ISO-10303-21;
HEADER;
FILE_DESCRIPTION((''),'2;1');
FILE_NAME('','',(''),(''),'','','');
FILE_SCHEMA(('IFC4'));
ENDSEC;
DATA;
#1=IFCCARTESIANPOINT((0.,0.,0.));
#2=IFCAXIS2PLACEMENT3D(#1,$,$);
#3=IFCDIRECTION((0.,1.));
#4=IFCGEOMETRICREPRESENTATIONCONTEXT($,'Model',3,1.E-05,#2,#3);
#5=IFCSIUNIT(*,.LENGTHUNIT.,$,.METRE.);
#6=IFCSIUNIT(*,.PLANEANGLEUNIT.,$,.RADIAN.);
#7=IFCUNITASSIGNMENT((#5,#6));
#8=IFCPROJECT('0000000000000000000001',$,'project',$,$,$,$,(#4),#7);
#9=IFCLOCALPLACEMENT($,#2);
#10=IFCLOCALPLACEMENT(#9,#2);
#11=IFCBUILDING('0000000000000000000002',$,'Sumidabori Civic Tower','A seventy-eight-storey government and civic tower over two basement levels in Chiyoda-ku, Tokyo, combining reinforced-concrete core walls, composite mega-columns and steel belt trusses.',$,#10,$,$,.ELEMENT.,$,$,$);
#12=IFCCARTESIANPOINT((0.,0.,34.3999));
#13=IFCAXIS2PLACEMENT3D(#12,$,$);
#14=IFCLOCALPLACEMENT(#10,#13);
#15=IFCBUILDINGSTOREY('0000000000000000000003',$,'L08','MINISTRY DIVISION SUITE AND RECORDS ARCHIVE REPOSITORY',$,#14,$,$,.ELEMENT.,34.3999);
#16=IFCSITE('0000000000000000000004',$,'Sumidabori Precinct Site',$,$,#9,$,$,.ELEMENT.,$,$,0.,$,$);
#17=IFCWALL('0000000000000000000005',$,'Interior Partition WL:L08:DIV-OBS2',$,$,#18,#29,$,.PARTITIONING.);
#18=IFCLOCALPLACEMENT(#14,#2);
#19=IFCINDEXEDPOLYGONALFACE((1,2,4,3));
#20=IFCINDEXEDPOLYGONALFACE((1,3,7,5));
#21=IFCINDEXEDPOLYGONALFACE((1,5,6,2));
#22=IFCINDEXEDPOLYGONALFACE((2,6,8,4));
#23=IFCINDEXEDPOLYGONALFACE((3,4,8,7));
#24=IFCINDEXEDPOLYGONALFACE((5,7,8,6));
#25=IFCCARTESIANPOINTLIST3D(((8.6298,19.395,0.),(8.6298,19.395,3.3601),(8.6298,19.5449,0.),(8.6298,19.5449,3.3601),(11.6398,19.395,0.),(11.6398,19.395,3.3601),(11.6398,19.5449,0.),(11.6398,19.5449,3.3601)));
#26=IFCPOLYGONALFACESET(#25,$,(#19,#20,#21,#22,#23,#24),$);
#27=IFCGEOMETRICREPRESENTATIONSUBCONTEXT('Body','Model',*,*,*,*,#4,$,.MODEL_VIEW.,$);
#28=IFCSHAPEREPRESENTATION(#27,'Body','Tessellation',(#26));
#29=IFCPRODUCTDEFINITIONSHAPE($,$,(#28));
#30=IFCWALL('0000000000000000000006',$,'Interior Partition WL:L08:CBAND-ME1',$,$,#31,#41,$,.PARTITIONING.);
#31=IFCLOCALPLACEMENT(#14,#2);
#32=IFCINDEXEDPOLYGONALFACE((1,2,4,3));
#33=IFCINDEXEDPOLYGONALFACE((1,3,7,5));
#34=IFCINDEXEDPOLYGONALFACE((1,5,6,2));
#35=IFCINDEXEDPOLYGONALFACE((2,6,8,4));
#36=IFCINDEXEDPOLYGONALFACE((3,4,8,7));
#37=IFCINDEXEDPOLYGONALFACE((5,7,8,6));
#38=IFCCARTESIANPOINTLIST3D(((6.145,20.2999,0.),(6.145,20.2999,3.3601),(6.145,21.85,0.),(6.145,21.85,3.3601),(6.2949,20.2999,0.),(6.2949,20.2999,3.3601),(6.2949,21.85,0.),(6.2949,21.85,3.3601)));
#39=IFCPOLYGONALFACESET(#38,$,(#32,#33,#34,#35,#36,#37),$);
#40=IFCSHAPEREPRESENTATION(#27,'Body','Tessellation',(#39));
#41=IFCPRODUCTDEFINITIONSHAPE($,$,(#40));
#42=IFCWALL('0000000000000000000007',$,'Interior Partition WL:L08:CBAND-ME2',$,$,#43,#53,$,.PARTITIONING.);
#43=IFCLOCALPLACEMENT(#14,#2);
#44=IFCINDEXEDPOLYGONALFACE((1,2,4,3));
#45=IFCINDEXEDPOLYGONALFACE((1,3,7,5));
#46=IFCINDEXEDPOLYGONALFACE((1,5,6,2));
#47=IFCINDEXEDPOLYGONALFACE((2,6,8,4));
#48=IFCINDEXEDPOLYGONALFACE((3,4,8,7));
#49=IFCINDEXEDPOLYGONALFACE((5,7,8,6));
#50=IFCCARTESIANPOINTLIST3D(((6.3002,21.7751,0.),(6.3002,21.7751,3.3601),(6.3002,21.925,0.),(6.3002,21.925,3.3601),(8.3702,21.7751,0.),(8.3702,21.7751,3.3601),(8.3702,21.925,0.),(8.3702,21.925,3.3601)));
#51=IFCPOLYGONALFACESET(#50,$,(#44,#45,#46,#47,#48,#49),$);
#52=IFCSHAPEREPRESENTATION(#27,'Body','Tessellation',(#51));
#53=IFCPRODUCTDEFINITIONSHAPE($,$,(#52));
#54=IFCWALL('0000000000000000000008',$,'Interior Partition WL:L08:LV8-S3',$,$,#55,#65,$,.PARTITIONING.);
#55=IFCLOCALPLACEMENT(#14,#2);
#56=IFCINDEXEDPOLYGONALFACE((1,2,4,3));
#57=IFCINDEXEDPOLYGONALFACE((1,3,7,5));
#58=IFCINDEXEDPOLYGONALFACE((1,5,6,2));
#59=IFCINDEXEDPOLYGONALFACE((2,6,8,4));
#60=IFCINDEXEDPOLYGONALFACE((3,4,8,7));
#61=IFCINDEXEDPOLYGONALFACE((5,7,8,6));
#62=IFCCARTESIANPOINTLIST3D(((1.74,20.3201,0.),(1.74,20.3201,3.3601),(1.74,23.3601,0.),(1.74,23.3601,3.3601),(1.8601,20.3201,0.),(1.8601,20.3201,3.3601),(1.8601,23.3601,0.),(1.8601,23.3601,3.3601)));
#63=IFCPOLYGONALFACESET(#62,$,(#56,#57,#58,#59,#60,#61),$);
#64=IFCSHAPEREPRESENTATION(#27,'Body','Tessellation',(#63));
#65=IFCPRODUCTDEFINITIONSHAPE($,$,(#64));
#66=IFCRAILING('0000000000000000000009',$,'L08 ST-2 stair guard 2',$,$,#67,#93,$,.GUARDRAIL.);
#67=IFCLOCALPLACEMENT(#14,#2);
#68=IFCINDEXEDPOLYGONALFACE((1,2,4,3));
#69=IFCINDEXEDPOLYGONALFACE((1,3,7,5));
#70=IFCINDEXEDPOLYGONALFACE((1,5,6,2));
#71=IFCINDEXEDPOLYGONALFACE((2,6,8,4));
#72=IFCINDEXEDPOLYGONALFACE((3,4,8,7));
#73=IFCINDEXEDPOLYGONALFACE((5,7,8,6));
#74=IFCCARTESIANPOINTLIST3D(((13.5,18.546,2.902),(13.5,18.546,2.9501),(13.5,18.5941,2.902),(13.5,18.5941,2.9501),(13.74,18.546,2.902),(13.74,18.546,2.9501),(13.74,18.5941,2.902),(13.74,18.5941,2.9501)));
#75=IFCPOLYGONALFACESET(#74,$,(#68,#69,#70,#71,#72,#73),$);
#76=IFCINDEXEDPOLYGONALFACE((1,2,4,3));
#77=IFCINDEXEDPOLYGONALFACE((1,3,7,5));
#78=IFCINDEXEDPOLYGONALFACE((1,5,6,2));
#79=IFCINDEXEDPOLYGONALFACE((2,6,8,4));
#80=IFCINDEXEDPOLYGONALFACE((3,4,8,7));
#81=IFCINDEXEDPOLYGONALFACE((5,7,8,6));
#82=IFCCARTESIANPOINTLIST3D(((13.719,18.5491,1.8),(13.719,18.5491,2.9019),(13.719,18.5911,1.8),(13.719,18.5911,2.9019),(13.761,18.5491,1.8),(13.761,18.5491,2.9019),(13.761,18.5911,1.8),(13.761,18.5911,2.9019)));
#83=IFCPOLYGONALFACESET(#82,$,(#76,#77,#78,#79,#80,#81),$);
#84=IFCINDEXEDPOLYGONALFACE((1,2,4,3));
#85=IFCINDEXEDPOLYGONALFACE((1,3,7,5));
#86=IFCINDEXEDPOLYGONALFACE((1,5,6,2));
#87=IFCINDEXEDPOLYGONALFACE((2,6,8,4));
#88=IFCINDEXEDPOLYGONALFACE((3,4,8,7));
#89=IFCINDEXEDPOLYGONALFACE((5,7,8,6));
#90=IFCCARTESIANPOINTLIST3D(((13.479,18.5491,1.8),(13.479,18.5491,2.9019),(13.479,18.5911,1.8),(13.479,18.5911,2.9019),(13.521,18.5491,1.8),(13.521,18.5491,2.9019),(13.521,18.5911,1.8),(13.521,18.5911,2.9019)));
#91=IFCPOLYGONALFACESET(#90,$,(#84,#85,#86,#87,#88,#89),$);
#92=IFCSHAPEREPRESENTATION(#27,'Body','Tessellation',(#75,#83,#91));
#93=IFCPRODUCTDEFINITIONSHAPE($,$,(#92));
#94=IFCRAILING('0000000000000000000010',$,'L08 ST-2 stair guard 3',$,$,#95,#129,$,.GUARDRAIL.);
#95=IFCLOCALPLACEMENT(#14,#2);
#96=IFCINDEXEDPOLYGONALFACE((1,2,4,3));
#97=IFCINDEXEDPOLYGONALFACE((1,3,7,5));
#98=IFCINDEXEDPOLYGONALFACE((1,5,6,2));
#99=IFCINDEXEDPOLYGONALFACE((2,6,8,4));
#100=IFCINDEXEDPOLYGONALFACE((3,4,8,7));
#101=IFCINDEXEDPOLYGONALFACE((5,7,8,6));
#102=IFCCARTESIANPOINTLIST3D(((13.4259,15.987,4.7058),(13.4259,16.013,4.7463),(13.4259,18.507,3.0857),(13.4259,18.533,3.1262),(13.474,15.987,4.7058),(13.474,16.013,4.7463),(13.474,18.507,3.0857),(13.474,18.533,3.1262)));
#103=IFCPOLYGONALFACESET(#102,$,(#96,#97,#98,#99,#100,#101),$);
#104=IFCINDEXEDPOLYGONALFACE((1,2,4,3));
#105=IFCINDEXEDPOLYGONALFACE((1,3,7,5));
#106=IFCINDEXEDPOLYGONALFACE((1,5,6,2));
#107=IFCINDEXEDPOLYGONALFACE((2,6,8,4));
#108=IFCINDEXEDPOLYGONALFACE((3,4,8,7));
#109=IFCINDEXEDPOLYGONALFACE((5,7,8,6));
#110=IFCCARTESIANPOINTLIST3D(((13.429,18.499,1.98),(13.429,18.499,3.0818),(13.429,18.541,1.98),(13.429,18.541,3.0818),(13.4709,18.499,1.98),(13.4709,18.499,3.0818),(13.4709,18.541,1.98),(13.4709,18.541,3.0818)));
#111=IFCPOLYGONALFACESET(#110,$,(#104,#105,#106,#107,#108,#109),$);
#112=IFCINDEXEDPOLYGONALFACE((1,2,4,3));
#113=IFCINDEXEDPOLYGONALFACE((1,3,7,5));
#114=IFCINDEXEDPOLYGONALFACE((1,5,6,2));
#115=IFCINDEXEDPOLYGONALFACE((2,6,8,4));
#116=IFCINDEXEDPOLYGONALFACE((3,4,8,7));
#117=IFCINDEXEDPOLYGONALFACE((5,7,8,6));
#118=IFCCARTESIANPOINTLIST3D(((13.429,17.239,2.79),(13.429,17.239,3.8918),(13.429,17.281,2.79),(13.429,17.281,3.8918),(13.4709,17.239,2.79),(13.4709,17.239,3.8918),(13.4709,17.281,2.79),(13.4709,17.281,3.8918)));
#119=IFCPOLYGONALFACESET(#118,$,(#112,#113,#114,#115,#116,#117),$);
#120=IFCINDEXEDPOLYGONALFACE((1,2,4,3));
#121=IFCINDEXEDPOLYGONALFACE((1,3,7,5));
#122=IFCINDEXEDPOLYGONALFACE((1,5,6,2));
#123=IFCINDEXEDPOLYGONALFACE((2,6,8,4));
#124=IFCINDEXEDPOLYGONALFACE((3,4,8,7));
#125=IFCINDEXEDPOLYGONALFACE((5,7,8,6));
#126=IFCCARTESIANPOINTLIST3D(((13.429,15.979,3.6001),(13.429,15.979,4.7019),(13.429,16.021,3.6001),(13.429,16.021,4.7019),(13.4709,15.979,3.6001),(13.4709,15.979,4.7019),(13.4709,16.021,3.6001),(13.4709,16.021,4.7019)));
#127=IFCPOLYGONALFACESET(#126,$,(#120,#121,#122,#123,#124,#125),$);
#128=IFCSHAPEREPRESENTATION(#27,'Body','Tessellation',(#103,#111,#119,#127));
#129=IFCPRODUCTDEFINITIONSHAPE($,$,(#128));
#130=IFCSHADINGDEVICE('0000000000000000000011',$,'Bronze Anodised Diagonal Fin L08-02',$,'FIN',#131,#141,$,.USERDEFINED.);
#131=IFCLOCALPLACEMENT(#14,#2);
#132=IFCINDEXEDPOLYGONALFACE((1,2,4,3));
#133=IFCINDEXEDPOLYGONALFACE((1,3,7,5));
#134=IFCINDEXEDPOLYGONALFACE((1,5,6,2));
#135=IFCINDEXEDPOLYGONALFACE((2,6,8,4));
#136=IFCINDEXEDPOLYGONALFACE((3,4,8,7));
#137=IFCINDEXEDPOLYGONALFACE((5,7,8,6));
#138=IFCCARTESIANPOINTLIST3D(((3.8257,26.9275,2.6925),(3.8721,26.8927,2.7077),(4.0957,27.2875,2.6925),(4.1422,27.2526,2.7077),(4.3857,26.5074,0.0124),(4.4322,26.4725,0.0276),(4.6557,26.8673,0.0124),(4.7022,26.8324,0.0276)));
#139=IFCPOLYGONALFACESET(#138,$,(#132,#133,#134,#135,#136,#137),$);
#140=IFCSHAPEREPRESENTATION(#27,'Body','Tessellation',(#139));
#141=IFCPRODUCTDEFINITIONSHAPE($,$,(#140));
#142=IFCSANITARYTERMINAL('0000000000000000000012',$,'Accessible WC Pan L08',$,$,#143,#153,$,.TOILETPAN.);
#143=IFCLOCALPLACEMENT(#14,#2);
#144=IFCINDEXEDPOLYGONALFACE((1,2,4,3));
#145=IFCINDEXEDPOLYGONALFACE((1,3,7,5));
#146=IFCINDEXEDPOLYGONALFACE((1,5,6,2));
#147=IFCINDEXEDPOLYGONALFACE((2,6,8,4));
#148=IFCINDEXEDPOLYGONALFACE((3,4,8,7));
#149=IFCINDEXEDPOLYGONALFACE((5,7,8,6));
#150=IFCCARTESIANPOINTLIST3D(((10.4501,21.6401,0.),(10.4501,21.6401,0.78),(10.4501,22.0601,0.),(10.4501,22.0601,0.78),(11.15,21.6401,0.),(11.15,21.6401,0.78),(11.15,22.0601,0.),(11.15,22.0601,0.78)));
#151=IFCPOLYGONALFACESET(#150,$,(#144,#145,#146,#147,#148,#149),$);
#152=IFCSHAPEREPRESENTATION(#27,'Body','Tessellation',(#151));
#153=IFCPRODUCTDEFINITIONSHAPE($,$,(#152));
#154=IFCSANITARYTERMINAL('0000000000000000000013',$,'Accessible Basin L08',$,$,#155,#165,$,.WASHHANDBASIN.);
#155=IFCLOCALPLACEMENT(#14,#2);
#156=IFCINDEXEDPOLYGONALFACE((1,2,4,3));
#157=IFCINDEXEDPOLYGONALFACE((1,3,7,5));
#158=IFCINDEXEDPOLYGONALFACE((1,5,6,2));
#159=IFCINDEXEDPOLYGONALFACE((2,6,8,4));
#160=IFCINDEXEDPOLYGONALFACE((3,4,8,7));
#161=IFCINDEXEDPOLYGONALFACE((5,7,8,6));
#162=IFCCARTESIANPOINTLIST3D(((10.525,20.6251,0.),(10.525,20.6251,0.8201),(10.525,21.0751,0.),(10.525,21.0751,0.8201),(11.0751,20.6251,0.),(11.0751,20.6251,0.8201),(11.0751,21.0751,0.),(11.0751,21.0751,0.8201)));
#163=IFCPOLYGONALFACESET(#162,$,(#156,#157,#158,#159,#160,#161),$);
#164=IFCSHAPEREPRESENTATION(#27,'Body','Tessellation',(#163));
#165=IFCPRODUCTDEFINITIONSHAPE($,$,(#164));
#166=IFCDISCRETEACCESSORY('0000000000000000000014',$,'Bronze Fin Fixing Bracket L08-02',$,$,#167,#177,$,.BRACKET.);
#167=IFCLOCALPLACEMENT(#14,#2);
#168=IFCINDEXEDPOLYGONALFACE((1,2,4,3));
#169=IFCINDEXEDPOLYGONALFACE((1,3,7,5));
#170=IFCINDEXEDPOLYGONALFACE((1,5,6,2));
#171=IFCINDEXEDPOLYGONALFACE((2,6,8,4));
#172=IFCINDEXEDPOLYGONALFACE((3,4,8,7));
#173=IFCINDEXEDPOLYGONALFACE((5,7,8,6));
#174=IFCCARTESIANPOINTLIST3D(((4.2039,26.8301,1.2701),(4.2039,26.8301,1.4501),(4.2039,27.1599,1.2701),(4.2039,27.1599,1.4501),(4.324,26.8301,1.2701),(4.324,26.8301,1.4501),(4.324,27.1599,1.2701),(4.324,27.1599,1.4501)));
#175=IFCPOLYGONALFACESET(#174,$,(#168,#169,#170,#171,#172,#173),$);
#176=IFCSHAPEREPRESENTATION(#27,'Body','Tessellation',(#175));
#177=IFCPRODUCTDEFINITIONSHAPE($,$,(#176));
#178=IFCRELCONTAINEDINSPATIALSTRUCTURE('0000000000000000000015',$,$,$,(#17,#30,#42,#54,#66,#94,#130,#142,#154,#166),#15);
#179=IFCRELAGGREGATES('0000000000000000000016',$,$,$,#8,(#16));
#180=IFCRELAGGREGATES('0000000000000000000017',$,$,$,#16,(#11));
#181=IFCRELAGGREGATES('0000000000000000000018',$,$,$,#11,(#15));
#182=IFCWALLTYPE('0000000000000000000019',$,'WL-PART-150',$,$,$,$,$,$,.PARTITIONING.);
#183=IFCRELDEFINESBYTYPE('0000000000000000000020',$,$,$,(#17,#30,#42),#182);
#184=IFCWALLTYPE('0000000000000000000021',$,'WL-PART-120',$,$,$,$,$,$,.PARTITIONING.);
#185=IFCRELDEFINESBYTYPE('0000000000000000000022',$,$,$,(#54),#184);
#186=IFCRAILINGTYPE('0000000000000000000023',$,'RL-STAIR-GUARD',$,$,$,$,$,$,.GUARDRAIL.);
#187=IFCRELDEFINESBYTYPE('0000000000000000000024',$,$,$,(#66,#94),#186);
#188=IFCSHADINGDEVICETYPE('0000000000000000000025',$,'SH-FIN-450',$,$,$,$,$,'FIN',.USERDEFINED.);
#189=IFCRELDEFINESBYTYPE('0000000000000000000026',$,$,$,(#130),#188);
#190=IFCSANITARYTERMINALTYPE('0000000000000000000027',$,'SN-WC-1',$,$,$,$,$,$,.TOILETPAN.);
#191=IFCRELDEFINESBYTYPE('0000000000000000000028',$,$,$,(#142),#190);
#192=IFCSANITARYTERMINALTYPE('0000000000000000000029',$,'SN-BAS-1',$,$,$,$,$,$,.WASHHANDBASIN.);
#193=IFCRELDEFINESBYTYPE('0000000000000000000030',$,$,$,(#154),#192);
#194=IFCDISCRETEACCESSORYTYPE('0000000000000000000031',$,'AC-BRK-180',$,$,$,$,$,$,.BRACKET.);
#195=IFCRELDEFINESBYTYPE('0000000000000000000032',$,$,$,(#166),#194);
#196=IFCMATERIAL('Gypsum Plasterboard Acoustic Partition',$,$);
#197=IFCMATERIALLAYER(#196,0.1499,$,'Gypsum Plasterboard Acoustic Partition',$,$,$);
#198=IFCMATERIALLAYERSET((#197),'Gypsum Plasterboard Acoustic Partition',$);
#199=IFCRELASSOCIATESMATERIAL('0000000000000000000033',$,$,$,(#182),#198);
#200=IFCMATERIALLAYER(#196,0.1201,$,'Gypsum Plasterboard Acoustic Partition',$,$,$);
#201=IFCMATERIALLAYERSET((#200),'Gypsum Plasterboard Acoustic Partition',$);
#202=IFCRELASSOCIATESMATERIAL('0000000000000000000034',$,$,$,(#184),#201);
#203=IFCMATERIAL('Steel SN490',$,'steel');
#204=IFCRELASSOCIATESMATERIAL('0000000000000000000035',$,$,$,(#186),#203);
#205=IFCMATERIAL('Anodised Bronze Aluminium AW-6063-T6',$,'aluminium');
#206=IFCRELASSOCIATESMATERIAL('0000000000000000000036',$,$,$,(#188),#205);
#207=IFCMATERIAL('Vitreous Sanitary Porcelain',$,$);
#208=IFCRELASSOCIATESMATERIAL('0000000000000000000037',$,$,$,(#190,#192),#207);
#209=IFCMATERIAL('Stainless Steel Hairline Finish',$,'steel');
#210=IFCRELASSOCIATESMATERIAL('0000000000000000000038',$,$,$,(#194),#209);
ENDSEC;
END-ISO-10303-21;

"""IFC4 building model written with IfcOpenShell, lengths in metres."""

from ifc_helpers import new_model, si_unit, direction, frame, frame_2d, origin, origin_2d, place, context, subcontext, project, spatial, rectangle, extrude, source, transform, mapped, material, layer, layer_set, material_profile, profile_set, type_object, element, save


model = new_model("IFC4")

# Units and contexts
model_context = context("Model", 3, precision=1e-05, world=origin(), true_north=direction((0.0, 1.0)))
body_context = subcontext(model_context, "Body", "Model", "MODEL_VIEW")
ifc_project = project(units=[si_unit("LENGTHUNIT", "METRE"), si_unit("PLANEANGLEUNIT", "RADIAN")], contexts=[model_context])

# Site, building, storey
site_placement = place(None, origin())
site = spatial("IfcSite", under=ifc_project, at=site_placement, Name="Sumidabori Precinct Site", CompositionType="ELEMENT", RefElevation=0.0)
building_placement = place(site_placement, origin())
building = spatial("IfcBuilding", under=site, at=building_placement, Name="Sumidabori Civic Tower", Description="A seventy-eight-storey government and civic tower over two basement levels in Chiyoda-ku, Tokyo, combining reinforced-concrete core walls, composite mega-columns and steel belt trusses.", CompositionType="ELEMENT")
storey_placement = place(building_placement, frame((0.0, 0.0, 34.3999)))
storey = spatial("IfcBuildingStorey", under=building, at=storey_placement, Name="L08", Description="MINISTRY DIVISION SUITE AND RECORDS ARCHIVE REPOSITORY", CompositionType="ELEMENT", Elevation=34.3999)

# Shared definitions
ifc_material_1 = material(Name="Steel SN490", Category="steel")

# Shared definitions
ifc_material_2 = material(Name="Anodised Bronze Aluminium AW-6063-T6", Category="aluminium")

# Walls
ifc_material_3 = material(Name="Gypsum Plasterboard Acoustic Partition")
ifc_layer_1 = layer(ifc_material_3, 0.1499, Name="Gypsum Plasterboard Acoustic Partition")
ifc_layer_set_1 = layer_set([ifc_layer_1], Name="Gypsum Plasterboard Acoustic Partition")
wall_type_1 = type_object("IfcWallType", Name="WL-PART-150", PredefinedType="PARTITIONING", material=ifc_layer_set_1)
shared_shape_1 = source(origin(), body_context, "Body", "SweptSolid", [
    extrude(rectangle(XDim=3.01, YDim=0.1499, at=frame_2d((1.5049, 0.0))), origin(), (0.0, 0.0, 1.0), 3.3601),
])
wall_1_placement = place(storey_placement, frame((8.6299, 19.47, 0.0), z_axis=(0.0, 0.0, 1.0), x_axis=(1.0, 0.0, 0.0)))
element("IfcWall", 1, at=wall_1_placement, inside=storey, type_object=wall_type_1, Name="Interior Partition WL:L08:DIV-OBS2", PredefinedType="PARTITIONING", context=body_context, shape_type="MappedRepresentation", body=[
    mapped(shared_shape_1, transform((0.0, 0.0, 0.0), x_axis=(1.0, 0.0, 0.0), y_axis=(0.0, 1.0, 0.0), z_axis=(0.0, 0.0, 1.0), scale=1.0)),
])
shared_shape_2 = source(origin(), body_context, "Body", "SweptSolid", [
    extrude(rectangle(XDim=1.55, YDim=0.1499, at=frame_2d((0.7749, 0.0))), origin(), (0.0, 0.0, 1.0), 3.3601),
])
wall_2_placement = place(storey_placement, frame((6.22, 20.3, 0.0), z_axis=(0.0, 0.0, 1.0), x_axis=(0.0, 1.0, 0.0)))
element("IfcWall", 2, at=wall_2_placement, inside=storey, type_object=wall_type_1, Name="Interior Partition WL:L08:CBAND-ME1", PredefinedType="PARTITIONING", context=body_context, shape_type="MappedRepresentation", body=[
    mapped(shared_shape_2, transform((0.0, 0.0, 0.0), x_axis=(1.0, 0.0, 0.0), y_axis=(0.0, 1.0, 0.0), z_axis=(0.0, 0.0, 1.0), scale=1.0)),
])
shared_shape_3 = source(origin(), body_context, "Body", "SweptSolid", [
    extrude(rectangle(XDim=2.0701, YDim=0.1499, at=frame_2d((1.0352, 0.0))), origin(), (0.0, 0.0, 1.0), 3.3601),
])
wall_3_placement = place(storey_placement, frame((6.3, 21.8501, 0.0), z_axis=(0.0, 0.0, 1.0), x_axis=(1.0, 0.0, 0.0)))
element("IfcWall", 3, at=wall_3_placement, inside=storey, type_object=wall_type_1, Name="Interior Partition WL:L08:CBAND-ME2", PredefinedType="PARTITIONING", context=body_context, shape_type="MappedRepresentation", body=[
    mapped(shared_shape_3, transform((0.0, 0.0, 0.0), x_axis=(1.0, 0.0, 0.0), y_axis=(0.0, 1.0, 0.0), z_axis=(0.0, 0.0, 1.0), scale=1.0)),
])
ifc_layer_2 = layer(ifc_material_3, 0.1201, Name="Gypsum Plasterboard Acoustic Partition")
ifc_layer_set_2 = layer_set([ifc_layer_2], Name="Gypsum Plasterboard Acoustic Partition")
wall_type_2 = type_object("IfcWallType", Name="WL-PART-120", PredefinedType="PARTITIONING", material=ifc_layer_set_2)
shared_shape_4 = source(origin(), body_context, "Body", "SweptSolid", [
    extrude(rectangle(XDim=3.04, YDim=0.1201, at=frame_2d((1.52, 0.0))), origin(), (0.0, 0.0, 1.0), 3.3601),
])
wall_4_placement = place(storey_placement, frame((1.8, 20.3201, 0.0), z_axis=(0.0, 0.0, 1.0), x_axis=(0.0, 1.0, 0.0)))
element("IfcWall", 4, at=wall_4_placement, inside=storey, type_object=wall_type_2, Name="Interior Partition WL:L08:LV8-S3", PredefinedType="PARTITIONING", context=body_context, shape_type="MappedRepresentation", body=[
    mapped(shared_shape_4, transform((0.0, 0.0, 0.0), x_axis=(1.0, 0.0, 0.0), y_axis=(0.0, 1.0, 0.0), z_axis=(0.0, 0.0, 1.0), scale=1.0)),
])

# Railings
railing_type = type_object("IfcRailingType", Name="RL-STAIR-GUARD", PredefinedType="GUARDRAIL", material=ifc_material_1)
railing_1_placement = place(storey_placement, frame((13.74, 18.5701, 1.8)))
element("IfcRailing", 5, at=railing_1_placement, inside=storey, type_object=railing_type, Name="L08 ST-2 stair guard 2", PredefinedType="GUARDRAIL", context=body_context, shape_type="SweptSolid", body=[
    extrude(rectangle(XDim=0.0481, YDim=0.0481, at=origin_2d()), frame((0.0, 0.0, 1.126), z_axis=(-1.0, 0.0, 0.0), x_axis=(0.0, -1.0, 0.0)), (0.0, 0.0, 1.0), 0.24),
    extrude(rectangle(XDim=0.042, YDim=0.042, at=origin_2d()), origin(), (0.0, 0.0, 1.0), 1.1018),
    extrude(rectangle(XDim=0.042, YDim=0.042, at=origin_2d()), frame((-0.24, 0.0, 0.0)), (0.0, 0.0, 1.0), 1.1018),
])
railing_2_placement = place(storey_placement, frame((13.45, 18.52, 1.98)))
element("IfcRailing", 6, at=railing_2_placement, inside=storey, type_object=railing_type, Name="L08 ST-2 stair guard 3", PredefinedType="GUARDRAIL", context=body_context, shape_type="SweptSolid", body=[
    extrude(rectangle(XDim=0.0481, YDim=0.0481, at=origin_2d()), frame((0.0, 0.0, 1.126), z_axis=(0.0, -0.841163, 0.540782), x_axis=(1.0, 0.0, 0.0)), (0.0, 0.0, 1.0), 2.9958),
    extrude(rectangle(XDim=0.042, YDim=0.042, at=origin_2d()), origin(), (0.0, 0.0, 1.0), 1.1018),
    extrude(rectangle(XDim=0.042, YDim=0.042, at=origin_2d()), frame((0.0, -1.26, 0.8101)), (0.0, 0.0, 1.0), 1.1018),
    extrude(rectangle(XDim=0.042, YDim=0.042, at=origin_2d()), frame((0.0, -2.52, 1.6201)), (0.0, 0.0, 1.0), 1.1018),
])

# Shading device
ifc_material_profile_1 = material_profile(ifc_material_2, rectangle(XDim=0.0601, YDim=0.45, at=origin_2d()), Name="BRONZE FIN 450x60")
ifc_profile_set_1 = profile_set([ifc_material_profile_1], Name="Anodised Bronze Aluminium AW-6063-T6")
shading_device_type = type_object("IfcShadingDeviceType", Name="SH-FIN-450", ElementType="FIN", PredefinedType="USERDEFINED", material=ifc_profile_set_1)
shared_shape_5 = source(origin(), body_context, "Body", "SweptSolid", [
    extrude(rectangle(XDim=0.0601, YDim=0.45, at=origin_2d()), origin(), (0.0, 0.0, 1.0), 2.77),
])
shading_device_placement = place(storey_placement, frame((4.5439, 26.6699, 0.02), z_axis=(-0.202179, 0.151678, 0.967532), x_axis=(0.773944, -0.580627, 0.25275)))
element("IfcShadingDevice", 7, at=shading_device_placement, inside=storey, type_object=shading_device_type, Name="Bronze Anodised Diagonal Fin L08-02", ObjectType="FIN", PredefinedType="USERDEFINED", context=body_context, shape_type="MappedRepresentation", body=[
    mapped(shared_shape_5, transform((0.0, 0.0, 0.0), x_axis=(1.0, 0.0, 0.0), y_axis=(0.0, 1.0, 0.0), z_axis=(0.0, 0.0, 1.0), scale=1.0)),
])

# Sanitary terminals
ifc_material_4 = material(Name="Vitreous Sanitary Porcelain")
sanitary_terminal_type_1 = type_object("IfcSanitaryTerminalType", Name="SN-WC-1", PredefinedType="TOILETPAN", material=ifc_material_4)
shared_shape_6 = source(origin(), body_context, "Body", "SweptSolid", [
    extrude(rectangle(XDim=0.7, YDim=0.4199, at=origin_2d()), origin(), (0.0, 0.0, 1.0), 0.78),
])
sanitary_terminal_1_placement = place(storey_placement, frame((10.8, 21.8501, 0.0), z_axis=(0.0, 0.0, 1.0), x_axis=(1.0, 0.0, 0.0)))
element("IfcSanitaryTerminal", 8, at=sanitary_terminal_1_placement, inside=storey, type_object=sanitary_terminal_type_1, Name="Accessible WC Pan L08", PredefinedType="TOILETPAN", context=body_context, shape_type="MappedRepresentation", body=[
    mapped(shared_shape_6, transform((0.0, 0.0, 0.0), x_axis=(1.0, 0.0, 0.0), y_axis=(0.0, 1.0, 0.0), z_axis=(0.0, 0.0, 1.0), scale=1.0)),
])
sanitary_terminal_type_2 = type_object("IfcSanitaryTerminalType", Name="SN-BAS-1", PredefinedType="WASHHANDBASIN", material=ifc_material_4)
shared_shape_7 = source(origin(), body_context, "Body", "SweptSolid", [
    extrude(rectangle(XDim=0.55, YDim=0.45, at=origin_2d()), origin(), (0.0, 0.0, 1.0), 0.8201),
])
sanitary_terminal_2_placement = place(storey_placement, frame((10.8, 20.8501, 0.0), z_axis=(0.0, 0.0, 1.0), x_axis=(1.0, 0.0, 0.0)))
element("IfcSanitaryTerminal", 9, at=sanitary_terminal_2_placement, inside=storey, type_object=sanitary_terminal_type_2, Name="Accessible Basin L08", PredefinedType="WASHHANDBASIN", context=body_context, shape_type="MappedRepresentation", body=[
    mapped(shared_shape_7, transform((0.0, 0.0, 0.0), x_axis=(1.0, 0.0, 0.0), y_axis=(0.0, 1.0, 0.0), z_axis=(0.0, 0.0, 1.0), scale=1.0)),
])

# Discrete accessory
ifc_material_5 = material(Name="Stainless Steel Hairline Finish", Category="steel")
ifc_material_profile_2 = material_profile(ifc_material_5, rectangle(XDim=0.1201, YDim=0.1799, at=origin_2d()), Name="STEEL BRACKET 180x120")
ifc_profile_set_2 = profile_set([ifc_material_profile_2], Name="Stainless Steel Hairline Finish")
discrete_accessory_type = type_object("IfcDiscreteAccessoryType", Name="AC-BRK-180", PredefinedType="BRACKET", material=ifc_profile_set_2)
shared_shape_8 = source(origin(), body_context, "Body", "SweptSolid", [
    extrude(rectangle(XDim=0.1201, YDim=0.1799, at=origin_2d()), origin(), (0.0, 0.0, 1.0), 0.3298),
])
discrete_accessory_placement = place(storey_placement, frame((4.2639, 26.8301, 1.3601), z_axis=(0.0, 1.0, 0.0), x_axis=(-1.0, 0.0, 0.0)))
element("IfcDiscreteAccessory", 10, at=discrete_accessory_placement, inside=storey, type_object=discrete_accessory_type, Name="Bronze Fin Fixing Bracket L08-02", PredefinedType="BRACKET", context=body_context, shape_type="MappedRepresentation", body=[
    mapped(shared_shape_8, transform((0.0, 0.0, 0.0), x_axis=(1.0, 0.0, 0.0), y_axis=(0.0, 1.0, 0.0), z_axis=(0.0, 0.0, 1.0), scale=1.0)),
])

save(model, "model.ifc")
